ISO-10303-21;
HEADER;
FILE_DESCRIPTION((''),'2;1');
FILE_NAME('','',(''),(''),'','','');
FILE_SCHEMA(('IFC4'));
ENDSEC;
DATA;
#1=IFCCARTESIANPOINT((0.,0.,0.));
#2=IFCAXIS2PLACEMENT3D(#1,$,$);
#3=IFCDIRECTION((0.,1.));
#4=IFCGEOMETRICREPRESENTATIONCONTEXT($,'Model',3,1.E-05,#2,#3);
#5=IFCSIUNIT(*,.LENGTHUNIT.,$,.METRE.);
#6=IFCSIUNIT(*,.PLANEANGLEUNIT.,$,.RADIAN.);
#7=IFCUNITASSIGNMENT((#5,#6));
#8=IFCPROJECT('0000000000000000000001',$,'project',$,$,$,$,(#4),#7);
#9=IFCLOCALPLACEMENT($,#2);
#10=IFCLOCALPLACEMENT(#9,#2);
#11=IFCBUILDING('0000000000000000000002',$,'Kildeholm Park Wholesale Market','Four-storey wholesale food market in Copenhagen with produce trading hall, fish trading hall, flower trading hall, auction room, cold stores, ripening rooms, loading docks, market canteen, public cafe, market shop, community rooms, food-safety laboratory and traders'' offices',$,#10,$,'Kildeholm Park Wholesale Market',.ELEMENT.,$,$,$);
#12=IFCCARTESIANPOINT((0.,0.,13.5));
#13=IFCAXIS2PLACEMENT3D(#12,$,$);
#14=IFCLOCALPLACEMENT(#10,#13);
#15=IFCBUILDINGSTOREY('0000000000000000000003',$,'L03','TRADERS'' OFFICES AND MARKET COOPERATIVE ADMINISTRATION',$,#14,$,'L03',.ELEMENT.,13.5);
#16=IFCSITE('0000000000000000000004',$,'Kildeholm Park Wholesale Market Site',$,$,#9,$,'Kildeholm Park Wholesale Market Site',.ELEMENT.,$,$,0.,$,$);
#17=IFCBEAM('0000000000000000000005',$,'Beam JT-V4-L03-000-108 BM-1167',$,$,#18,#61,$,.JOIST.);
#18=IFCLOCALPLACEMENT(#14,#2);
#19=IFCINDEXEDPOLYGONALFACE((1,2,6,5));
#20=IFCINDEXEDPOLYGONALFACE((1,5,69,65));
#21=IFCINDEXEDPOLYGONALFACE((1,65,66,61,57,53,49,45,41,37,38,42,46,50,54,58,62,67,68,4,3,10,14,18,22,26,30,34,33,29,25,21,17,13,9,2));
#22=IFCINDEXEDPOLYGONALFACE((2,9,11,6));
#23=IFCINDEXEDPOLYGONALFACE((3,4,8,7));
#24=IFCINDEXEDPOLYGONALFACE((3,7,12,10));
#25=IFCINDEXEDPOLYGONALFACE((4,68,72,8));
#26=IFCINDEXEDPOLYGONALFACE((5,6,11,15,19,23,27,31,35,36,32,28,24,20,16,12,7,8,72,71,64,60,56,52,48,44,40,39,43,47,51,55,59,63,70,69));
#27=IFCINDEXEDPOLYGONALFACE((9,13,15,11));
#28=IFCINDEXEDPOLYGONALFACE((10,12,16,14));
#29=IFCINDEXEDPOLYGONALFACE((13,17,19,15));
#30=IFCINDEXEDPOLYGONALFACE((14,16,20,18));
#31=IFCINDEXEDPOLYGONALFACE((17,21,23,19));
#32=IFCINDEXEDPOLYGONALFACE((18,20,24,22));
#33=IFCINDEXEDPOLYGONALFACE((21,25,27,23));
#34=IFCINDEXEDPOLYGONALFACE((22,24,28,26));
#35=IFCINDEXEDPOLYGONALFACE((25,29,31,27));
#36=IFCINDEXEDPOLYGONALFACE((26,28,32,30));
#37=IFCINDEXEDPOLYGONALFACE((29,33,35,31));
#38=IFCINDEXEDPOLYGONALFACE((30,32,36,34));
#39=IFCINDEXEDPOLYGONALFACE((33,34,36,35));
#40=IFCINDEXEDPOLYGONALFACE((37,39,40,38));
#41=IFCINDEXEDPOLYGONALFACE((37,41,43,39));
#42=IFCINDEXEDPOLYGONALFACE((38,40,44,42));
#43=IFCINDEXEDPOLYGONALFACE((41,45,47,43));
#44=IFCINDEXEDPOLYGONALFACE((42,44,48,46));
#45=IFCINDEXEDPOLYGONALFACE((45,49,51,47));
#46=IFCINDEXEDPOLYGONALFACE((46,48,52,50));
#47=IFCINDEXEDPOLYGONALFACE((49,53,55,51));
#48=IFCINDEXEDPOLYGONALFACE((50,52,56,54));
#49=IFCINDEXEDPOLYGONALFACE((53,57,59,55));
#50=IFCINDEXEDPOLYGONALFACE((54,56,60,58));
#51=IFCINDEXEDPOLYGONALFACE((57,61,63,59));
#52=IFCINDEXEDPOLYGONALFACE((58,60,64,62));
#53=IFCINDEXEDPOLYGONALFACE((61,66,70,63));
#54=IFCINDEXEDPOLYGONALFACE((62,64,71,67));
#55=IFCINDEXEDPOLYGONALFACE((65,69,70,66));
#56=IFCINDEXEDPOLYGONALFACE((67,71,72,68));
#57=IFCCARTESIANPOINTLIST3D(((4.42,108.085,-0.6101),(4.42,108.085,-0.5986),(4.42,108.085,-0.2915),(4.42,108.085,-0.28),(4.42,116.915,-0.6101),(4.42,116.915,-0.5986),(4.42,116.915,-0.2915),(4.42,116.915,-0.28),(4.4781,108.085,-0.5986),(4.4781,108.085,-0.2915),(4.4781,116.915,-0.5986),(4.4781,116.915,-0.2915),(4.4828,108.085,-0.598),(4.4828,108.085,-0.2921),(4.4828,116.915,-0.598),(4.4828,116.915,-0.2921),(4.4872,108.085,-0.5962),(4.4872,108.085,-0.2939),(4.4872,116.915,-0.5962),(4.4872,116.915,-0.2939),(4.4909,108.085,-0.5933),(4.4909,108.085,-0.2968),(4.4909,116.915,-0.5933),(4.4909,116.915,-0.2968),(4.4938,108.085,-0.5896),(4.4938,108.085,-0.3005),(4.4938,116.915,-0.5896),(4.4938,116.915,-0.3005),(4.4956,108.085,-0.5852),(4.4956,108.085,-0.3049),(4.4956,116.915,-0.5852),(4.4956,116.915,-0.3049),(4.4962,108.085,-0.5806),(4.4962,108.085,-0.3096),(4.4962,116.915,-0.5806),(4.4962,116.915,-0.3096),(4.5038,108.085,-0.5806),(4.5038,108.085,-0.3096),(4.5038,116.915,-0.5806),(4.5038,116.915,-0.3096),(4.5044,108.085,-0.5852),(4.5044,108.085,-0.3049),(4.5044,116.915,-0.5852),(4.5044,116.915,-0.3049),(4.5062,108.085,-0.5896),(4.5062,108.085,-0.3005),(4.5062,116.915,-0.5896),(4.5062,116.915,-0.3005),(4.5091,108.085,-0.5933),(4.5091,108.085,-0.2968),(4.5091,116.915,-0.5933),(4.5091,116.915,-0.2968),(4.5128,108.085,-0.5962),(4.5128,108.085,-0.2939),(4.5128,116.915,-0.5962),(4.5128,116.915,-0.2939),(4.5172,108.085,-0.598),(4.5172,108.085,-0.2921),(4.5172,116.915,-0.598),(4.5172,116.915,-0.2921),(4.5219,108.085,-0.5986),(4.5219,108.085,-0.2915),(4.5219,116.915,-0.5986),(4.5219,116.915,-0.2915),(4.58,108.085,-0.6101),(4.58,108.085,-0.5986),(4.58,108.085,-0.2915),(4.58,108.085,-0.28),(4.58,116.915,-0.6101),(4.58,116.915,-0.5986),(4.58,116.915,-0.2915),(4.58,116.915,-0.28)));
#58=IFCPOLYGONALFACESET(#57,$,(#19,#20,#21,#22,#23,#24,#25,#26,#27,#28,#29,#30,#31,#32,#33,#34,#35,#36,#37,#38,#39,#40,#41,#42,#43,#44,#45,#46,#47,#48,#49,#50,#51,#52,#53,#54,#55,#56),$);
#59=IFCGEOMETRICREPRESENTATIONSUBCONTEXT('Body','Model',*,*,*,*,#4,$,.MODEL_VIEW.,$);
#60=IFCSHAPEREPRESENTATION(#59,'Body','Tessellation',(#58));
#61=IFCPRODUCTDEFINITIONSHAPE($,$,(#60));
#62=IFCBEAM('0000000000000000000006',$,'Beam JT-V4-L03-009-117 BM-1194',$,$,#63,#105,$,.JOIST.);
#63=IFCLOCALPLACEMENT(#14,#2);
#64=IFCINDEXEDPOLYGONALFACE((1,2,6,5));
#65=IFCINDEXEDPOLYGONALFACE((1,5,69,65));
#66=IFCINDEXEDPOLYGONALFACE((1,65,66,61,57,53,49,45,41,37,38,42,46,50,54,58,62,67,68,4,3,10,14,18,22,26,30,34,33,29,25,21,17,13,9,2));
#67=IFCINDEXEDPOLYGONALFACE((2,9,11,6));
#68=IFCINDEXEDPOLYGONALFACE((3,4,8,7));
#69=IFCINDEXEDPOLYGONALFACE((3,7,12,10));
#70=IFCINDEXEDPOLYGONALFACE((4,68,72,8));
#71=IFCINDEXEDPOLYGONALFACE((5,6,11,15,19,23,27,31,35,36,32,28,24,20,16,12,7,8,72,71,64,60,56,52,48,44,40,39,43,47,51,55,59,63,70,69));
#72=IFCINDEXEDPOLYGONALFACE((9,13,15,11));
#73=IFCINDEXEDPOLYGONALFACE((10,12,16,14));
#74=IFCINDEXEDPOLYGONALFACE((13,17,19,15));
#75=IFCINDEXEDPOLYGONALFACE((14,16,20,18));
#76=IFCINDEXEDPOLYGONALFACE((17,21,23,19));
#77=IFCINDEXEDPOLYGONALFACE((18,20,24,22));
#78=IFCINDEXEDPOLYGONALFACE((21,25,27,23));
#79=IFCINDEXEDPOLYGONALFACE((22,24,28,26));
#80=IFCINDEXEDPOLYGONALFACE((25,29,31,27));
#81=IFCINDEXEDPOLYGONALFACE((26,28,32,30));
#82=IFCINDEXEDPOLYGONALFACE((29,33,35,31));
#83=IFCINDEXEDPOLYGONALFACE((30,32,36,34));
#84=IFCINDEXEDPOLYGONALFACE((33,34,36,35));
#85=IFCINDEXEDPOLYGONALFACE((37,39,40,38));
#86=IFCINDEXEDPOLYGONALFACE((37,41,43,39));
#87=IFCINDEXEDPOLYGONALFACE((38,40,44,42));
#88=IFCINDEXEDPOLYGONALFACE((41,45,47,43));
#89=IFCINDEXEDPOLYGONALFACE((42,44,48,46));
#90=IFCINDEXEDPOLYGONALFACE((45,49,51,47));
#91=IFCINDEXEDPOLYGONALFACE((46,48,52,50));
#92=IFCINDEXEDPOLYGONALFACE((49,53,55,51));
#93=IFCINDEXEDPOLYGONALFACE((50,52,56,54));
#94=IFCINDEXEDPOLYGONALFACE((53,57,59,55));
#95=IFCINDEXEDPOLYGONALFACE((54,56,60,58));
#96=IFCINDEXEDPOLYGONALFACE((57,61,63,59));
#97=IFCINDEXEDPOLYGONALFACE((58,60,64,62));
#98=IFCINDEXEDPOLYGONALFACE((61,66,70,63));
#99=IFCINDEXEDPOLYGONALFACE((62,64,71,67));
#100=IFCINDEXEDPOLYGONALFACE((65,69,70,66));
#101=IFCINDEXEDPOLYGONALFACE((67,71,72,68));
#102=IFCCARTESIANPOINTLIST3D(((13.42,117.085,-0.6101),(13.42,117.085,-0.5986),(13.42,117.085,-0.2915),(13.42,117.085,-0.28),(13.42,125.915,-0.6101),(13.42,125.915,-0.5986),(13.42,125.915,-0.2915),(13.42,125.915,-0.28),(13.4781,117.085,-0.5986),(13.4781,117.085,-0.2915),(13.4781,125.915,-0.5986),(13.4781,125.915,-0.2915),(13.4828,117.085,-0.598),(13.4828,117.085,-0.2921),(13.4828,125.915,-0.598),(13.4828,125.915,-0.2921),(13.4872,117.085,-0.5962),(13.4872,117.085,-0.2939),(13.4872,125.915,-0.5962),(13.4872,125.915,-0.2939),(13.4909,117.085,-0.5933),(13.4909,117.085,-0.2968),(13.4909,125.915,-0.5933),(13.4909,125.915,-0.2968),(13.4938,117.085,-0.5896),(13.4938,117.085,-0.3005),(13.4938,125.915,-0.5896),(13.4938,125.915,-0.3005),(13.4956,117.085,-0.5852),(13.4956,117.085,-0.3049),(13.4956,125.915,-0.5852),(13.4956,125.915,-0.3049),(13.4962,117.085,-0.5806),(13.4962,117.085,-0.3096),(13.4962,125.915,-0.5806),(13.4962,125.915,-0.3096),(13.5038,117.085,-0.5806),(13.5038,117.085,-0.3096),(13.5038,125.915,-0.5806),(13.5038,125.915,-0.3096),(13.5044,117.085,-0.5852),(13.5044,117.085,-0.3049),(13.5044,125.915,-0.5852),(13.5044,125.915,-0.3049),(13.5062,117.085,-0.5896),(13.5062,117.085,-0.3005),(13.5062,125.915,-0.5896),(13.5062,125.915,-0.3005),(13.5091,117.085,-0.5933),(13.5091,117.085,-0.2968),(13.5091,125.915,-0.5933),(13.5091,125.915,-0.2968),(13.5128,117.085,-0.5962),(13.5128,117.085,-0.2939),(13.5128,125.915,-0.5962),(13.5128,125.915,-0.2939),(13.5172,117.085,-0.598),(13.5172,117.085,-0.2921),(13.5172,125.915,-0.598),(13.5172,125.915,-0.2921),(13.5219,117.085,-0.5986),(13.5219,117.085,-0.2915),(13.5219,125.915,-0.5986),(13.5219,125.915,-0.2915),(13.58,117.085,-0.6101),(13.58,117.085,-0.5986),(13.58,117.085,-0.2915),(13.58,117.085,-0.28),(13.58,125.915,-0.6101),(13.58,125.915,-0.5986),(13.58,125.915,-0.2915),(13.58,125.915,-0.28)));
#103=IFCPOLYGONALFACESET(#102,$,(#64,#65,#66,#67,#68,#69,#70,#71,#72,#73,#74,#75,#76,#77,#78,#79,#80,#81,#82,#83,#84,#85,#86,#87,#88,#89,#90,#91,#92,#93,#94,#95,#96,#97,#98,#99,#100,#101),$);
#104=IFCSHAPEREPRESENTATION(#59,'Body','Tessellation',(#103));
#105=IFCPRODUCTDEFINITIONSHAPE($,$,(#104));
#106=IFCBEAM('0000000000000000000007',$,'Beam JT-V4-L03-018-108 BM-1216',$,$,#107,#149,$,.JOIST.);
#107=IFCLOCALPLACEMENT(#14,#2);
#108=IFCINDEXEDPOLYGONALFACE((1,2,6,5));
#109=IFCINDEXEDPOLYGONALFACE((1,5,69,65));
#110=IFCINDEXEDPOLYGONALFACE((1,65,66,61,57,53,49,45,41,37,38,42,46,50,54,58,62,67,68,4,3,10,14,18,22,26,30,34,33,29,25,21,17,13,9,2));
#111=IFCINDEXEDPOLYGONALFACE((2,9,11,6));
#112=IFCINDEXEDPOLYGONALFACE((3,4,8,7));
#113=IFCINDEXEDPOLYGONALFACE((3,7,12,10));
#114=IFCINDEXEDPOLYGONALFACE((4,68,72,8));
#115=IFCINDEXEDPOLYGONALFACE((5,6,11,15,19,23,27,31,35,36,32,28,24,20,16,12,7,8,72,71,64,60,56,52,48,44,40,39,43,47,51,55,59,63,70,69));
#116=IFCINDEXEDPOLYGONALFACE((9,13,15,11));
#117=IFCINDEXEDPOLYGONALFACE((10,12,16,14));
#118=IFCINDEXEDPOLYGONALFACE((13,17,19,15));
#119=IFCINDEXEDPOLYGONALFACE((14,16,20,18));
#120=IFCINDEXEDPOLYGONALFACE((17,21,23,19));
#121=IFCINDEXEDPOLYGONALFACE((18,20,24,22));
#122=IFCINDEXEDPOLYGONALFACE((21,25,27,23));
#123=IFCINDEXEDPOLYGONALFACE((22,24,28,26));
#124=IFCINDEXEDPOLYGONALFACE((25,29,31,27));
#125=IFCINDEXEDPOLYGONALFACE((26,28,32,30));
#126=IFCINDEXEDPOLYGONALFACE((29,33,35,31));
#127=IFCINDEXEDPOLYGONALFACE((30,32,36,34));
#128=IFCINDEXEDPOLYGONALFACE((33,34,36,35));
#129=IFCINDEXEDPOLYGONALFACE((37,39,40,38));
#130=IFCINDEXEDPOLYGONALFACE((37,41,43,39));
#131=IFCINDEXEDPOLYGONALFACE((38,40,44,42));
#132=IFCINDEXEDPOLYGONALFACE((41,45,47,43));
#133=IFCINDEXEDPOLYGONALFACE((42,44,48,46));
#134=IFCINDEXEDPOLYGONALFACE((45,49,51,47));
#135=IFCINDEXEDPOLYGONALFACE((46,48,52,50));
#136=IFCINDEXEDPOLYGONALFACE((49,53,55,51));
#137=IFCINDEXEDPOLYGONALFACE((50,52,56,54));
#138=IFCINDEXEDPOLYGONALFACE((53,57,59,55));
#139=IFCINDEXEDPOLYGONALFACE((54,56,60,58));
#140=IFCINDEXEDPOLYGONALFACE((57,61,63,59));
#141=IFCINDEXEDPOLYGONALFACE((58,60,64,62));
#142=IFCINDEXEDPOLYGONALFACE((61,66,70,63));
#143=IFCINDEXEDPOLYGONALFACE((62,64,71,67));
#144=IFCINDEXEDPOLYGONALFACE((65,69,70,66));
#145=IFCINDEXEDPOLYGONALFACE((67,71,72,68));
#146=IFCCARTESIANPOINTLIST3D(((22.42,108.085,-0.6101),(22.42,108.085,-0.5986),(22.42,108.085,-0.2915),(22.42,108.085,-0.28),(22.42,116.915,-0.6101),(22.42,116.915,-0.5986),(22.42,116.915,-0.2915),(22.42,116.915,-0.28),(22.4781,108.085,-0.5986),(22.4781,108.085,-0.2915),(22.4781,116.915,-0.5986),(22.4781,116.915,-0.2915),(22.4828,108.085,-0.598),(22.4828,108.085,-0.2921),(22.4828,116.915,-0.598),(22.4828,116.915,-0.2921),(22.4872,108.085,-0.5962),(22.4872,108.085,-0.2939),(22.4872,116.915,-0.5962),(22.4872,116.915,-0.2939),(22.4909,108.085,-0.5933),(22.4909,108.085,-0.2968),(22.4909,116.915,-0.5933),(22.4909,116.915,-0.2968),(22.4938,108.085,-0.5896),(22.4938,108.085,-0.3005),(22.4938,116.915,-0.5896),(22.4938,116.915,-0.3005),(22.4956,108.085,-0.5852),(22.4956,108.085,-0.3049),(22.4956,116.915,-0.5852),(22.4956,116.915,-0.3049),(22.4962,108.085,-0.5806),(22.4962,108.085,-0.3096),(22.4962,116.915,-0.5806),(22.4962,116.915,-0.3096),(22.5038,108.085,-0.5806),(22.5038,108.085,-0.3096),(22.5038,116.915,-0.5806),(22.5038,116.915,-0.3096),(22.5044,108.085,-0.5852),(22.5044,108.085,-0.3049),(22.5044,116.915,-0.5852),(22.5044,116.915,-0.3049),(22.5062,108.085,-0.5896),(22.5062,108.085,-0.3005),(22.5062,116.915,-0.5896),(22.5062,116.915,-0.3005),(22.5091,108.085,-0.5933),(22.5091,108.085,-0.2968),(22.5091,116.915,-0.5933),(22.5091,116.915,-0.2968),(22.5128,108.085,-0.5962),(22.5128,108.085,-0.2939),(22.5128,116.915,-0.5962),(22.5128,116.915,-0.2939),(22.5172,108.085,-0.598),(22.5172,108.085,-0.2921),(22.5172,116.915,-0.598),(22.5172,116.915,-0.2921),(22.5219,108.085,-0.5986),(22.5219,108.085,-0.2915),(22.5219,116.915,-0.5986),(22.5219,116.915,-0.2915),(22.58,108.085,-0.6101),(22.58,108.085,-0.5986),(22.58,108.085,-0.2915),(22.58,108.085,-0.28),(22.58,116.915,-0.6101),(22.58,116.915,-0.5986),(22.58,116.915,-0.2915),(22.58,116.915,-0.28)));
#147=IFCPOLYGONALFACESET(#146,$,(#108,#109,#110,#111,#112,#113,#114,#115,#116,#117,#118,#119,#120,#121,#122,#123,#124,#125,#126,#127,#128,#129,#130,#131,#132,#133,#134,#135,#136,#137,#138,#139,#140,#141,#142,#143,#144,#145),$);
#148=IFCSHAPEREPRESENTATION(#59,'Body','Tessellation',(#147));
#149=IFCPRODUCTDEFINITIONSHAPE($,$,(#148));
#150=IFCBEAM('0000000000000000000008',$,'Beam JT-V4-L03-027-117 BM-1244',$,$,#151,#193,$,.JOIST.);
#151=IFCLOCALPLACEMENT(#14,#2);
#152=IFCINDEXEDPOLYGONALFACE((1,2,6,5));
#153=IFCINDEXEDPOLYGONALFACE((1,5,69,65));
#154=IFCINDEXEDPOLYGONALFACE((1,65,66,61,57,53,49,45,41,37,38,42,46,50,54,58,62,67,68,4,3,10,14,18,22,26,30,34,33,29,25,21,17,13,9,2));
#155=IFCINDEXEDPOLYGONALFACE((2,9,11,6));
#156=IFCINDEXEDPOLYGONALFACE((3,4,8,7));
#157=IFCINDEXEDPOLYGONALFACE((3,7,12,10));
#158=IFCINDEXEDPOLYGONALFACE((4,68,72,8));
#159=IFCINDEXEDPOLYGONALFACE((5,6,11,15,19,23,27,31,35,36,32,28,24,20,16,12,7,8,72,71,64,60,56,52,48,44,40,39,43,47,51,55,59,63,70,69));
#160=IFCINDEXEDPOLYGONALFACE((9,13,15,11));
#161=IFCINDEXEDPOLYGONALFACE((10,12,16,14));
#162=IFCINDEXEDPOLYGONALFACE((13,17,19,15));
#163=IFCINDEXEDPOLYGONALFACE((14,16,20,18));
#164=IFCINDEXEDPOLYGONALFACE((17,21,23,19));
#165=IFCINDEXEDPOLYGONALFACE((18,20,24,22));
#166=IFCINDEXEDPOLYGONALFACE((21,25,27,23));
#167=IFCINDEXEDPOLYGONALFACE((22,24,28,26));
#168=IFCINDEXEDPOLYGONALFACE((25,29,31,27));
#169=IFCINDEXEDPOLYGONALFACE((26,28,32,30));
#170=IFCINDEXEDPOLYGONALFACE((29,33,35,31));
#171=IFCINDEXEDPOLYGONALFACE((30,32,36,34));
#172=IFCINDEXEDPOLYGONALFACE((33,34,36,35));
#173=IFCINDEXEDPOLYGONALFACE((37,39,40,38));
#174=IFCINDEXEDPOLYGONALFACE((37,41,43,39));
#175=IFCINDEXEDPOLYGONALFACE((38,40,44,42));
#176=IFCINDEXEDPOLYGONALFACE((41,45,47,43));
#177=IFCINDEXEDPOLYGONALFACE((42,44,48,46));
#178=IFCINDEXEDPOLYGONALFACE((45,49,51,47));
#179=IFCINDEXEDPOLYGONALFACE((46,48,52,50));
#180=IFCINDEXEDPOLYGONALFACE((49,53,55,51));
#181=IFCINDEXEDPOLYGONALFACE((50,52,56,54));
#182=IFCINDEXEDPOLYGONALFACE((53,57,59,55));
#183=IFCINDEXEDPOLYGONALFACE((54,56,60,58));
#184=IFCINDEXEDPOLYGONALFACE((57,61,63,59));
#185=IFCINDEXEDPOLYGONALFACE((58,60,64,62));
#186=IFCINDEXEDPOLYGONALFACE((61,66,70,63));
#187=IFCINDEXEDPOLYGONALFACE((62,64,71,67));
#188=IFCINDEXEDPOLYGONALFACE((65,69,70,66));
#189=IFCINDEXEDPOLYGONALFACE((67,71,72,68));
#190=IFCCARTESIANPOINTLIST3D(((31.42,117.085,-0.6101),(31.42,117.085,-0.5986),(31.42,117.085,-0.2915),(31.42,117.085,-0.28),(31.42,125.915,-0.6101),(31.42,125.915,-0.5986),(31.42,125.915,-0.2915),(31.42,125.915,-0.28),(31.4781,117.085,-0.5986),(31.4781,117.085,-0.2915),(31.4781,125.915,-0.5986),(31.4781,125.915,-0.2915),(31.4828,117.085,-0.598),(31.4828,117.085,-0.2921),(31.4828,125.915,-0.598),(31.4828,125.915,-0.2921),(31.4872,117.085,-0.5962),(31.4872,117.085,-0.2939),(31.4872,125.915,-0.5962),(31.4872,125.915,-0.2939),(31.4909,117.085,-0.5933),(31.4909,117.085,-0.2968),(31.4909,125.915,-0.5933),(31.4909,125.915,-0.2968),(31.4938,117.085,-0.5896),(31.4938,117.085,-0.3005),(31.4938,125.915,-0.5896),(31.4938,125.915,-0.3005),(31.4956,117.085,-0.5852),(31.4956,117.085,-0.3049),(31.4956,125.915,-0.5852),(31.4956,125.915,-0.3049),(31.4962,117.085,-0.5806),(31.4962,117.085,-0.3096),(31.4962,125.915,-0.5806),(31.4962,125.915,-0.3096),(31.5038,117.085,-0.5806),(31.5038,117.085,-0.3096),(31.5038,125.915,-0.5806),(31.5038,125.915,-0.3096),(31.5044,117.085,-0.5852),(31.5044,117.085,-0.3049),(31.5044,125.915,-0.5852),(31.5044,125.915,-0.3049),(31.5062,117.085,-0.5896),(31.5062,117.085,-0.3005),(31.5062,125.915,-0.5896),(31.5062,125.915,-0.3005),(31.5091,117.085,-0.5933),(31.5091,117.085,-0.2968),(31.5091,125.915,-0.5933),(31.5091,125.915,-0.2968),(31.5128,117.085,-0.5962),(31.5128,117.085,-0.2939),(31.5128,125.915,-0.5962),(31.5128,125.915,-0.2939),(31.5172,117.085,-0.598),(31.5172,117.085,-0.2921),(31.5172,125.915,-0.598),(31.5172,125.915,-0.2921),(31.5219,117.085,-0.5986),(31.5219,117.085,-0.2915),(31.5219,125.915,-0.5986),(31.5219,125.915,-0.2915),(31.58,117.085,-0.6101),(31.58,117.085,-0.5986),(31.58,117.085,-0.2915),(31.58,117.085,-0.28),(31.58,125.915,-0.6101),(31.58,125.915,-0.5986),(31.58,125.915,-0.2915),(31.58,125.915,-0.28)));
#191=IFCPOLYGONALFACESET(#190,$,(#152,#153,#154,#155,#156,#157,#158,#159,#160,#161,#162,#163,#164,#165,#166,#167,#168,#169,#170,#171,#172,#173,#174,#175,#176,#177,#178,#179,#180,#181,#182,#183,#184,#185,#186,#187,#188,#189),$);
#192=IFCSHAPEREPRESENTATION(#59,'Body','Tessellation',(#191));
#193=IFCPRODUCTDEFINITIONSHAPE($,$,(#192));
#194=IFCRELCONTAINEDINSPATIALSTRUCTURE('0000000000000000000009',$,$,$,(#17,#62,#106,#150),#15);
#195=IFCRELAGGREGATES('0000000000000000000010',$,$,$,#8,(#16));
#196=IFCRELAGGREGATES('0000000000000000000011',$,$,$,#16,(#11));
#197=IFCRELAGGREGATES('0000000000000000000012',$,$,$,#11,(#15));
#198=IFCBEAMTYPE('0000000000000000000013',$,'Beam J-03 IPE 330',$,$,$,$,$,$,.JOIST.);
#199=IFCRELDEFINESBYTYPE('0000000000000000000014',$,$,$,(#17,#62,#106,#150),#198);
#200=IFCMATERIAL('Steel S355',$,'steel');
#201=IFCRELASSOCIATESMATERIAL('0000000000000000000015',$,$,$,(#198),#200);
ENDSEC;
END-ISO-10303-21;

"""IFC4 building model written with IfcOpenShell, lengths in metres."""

from ifc_helpers import new_model, si_unit, direction, frame, origin, origin_2d, place, context, subcontext, project, spatial, i_section, extrude, material, material_profile, profile_set, type_object, element, save


model = new_model("IFC4")

# Units and contexts
model_context = context("Model", 3, precision=1e-05, world=origin(), true_north=direction((0.0, 1.0)))
body_context = subcontext(model_context, "Body", "Model", "MODEL_VIEW")
ifc_project = project(units=[si_unit("LENGTHUNIT", "METRE"), si_unit("PLANEANGLEUNIT", "RADIAN")], contexts=[model_context])

# Site, building, storey
site_placement = place(None, origin())
site = spatial("IfcSite", under=ifc_project, at=site_placement, Name="Kildeholm Park Wholesale Market Site", LongName="Kildeholm Park Wholesale Market Site", CompositionType="ELEMENT", RefElevation=0.0)
building_placement = place(site_placement, origin())
building = spatial("IfcBuilding", under=site, at=building_placement, Name="Kildeholm Park Wholesale Market", Description="Four-storey wholesale food market in Copenhagen with produce trading hall, fish trading hall, flower trading hall, auction room, cold stores, ripening rooms, loading docks, market canteen, public cafe, market shop, community rooms, food-safety laboratory and traders' offices", LongName="Kildeholm Park Wholesale Market", CompositionType="ELEMENT")
storey_placement = place(building_placement, frame((0.0, 0.0, 13.5)))
storey = spatial("IfcBuildingStorey", under=building, at=storey_placement, Name="L03", Description="TRADERS' OFFICES AND MARKET COOPERATIVE ADMINISTRATION", LongName="L03", CompositionType="ELEMENT", Elevation=13.5)

# Beams
ifc_material_1 = material(Name="Steel S355", Category="steel")
ifc_material_profile_1 = material_profile(ifc_material_1, i_section(OverallWidth=0.1599, OverallDepth=0.3301, WebThickness=0.0076, FlangeThickness=0.0115, FilletRadius=0.0181, at=origin_2d()), Name="IPE 330")
ifc_profile_set_1 = profile_set([ifc_material_profile_1], Name="Steel S355")
beam_type_1 = type_object("IfcBeamType", Name="Beam J-03 IPE 330", PredefinedType="JOIST", material=ifc_profile_set_1)
for number, where, z_axis, x_axis, name in (
    (1, (4.5, 108.085, -0.4451), (0.0, 1.0, 0.0), (-1.0, 0.0, 0.0), "Beam JT-V4-L03-000-108 BM-1167"),
    (2, (13.5, 117.085, -0.4451), (0.0, 1.0, 0.0), (-1.0, 0.0, 0.0), "Beam JT-V4-L03-009-117 BM-1194"),
    (3, (22.5, 108.085, -0.4451), (0.0, 1.0, 0.0), (-1.0, 0.0, 0.0), "Beam JT-V4-L03-018-108 BM-1216"),
    (4, (31.5, 117.085, -0.4451), (0.0, 1.0, 0.0), (-1.0, 0.0, 0.0), "Beam JT-V4-L03-027-117 BM-1244"),
):
    element("IfcBeam", number, at=place(storey_placement, frame(where, z_axis=z_axis, x_axis=x_axis)), inside=storey, type_object=beam_type_1, Name=name, PredefinedType="JOIST", context=body_context, shape_type="SweptSolid", body=[
        extrude(i_section(OverallWidth=0.1599, OverallDepth=0.3301, WebThickness=0.0076, FlangeThickness=0.0115, FilletRadius=0.0181, at=origin_2d()), origin(), (0.0, 0.0, 1.0), 8.8301),
    ])

save(model, "model.ifc")
